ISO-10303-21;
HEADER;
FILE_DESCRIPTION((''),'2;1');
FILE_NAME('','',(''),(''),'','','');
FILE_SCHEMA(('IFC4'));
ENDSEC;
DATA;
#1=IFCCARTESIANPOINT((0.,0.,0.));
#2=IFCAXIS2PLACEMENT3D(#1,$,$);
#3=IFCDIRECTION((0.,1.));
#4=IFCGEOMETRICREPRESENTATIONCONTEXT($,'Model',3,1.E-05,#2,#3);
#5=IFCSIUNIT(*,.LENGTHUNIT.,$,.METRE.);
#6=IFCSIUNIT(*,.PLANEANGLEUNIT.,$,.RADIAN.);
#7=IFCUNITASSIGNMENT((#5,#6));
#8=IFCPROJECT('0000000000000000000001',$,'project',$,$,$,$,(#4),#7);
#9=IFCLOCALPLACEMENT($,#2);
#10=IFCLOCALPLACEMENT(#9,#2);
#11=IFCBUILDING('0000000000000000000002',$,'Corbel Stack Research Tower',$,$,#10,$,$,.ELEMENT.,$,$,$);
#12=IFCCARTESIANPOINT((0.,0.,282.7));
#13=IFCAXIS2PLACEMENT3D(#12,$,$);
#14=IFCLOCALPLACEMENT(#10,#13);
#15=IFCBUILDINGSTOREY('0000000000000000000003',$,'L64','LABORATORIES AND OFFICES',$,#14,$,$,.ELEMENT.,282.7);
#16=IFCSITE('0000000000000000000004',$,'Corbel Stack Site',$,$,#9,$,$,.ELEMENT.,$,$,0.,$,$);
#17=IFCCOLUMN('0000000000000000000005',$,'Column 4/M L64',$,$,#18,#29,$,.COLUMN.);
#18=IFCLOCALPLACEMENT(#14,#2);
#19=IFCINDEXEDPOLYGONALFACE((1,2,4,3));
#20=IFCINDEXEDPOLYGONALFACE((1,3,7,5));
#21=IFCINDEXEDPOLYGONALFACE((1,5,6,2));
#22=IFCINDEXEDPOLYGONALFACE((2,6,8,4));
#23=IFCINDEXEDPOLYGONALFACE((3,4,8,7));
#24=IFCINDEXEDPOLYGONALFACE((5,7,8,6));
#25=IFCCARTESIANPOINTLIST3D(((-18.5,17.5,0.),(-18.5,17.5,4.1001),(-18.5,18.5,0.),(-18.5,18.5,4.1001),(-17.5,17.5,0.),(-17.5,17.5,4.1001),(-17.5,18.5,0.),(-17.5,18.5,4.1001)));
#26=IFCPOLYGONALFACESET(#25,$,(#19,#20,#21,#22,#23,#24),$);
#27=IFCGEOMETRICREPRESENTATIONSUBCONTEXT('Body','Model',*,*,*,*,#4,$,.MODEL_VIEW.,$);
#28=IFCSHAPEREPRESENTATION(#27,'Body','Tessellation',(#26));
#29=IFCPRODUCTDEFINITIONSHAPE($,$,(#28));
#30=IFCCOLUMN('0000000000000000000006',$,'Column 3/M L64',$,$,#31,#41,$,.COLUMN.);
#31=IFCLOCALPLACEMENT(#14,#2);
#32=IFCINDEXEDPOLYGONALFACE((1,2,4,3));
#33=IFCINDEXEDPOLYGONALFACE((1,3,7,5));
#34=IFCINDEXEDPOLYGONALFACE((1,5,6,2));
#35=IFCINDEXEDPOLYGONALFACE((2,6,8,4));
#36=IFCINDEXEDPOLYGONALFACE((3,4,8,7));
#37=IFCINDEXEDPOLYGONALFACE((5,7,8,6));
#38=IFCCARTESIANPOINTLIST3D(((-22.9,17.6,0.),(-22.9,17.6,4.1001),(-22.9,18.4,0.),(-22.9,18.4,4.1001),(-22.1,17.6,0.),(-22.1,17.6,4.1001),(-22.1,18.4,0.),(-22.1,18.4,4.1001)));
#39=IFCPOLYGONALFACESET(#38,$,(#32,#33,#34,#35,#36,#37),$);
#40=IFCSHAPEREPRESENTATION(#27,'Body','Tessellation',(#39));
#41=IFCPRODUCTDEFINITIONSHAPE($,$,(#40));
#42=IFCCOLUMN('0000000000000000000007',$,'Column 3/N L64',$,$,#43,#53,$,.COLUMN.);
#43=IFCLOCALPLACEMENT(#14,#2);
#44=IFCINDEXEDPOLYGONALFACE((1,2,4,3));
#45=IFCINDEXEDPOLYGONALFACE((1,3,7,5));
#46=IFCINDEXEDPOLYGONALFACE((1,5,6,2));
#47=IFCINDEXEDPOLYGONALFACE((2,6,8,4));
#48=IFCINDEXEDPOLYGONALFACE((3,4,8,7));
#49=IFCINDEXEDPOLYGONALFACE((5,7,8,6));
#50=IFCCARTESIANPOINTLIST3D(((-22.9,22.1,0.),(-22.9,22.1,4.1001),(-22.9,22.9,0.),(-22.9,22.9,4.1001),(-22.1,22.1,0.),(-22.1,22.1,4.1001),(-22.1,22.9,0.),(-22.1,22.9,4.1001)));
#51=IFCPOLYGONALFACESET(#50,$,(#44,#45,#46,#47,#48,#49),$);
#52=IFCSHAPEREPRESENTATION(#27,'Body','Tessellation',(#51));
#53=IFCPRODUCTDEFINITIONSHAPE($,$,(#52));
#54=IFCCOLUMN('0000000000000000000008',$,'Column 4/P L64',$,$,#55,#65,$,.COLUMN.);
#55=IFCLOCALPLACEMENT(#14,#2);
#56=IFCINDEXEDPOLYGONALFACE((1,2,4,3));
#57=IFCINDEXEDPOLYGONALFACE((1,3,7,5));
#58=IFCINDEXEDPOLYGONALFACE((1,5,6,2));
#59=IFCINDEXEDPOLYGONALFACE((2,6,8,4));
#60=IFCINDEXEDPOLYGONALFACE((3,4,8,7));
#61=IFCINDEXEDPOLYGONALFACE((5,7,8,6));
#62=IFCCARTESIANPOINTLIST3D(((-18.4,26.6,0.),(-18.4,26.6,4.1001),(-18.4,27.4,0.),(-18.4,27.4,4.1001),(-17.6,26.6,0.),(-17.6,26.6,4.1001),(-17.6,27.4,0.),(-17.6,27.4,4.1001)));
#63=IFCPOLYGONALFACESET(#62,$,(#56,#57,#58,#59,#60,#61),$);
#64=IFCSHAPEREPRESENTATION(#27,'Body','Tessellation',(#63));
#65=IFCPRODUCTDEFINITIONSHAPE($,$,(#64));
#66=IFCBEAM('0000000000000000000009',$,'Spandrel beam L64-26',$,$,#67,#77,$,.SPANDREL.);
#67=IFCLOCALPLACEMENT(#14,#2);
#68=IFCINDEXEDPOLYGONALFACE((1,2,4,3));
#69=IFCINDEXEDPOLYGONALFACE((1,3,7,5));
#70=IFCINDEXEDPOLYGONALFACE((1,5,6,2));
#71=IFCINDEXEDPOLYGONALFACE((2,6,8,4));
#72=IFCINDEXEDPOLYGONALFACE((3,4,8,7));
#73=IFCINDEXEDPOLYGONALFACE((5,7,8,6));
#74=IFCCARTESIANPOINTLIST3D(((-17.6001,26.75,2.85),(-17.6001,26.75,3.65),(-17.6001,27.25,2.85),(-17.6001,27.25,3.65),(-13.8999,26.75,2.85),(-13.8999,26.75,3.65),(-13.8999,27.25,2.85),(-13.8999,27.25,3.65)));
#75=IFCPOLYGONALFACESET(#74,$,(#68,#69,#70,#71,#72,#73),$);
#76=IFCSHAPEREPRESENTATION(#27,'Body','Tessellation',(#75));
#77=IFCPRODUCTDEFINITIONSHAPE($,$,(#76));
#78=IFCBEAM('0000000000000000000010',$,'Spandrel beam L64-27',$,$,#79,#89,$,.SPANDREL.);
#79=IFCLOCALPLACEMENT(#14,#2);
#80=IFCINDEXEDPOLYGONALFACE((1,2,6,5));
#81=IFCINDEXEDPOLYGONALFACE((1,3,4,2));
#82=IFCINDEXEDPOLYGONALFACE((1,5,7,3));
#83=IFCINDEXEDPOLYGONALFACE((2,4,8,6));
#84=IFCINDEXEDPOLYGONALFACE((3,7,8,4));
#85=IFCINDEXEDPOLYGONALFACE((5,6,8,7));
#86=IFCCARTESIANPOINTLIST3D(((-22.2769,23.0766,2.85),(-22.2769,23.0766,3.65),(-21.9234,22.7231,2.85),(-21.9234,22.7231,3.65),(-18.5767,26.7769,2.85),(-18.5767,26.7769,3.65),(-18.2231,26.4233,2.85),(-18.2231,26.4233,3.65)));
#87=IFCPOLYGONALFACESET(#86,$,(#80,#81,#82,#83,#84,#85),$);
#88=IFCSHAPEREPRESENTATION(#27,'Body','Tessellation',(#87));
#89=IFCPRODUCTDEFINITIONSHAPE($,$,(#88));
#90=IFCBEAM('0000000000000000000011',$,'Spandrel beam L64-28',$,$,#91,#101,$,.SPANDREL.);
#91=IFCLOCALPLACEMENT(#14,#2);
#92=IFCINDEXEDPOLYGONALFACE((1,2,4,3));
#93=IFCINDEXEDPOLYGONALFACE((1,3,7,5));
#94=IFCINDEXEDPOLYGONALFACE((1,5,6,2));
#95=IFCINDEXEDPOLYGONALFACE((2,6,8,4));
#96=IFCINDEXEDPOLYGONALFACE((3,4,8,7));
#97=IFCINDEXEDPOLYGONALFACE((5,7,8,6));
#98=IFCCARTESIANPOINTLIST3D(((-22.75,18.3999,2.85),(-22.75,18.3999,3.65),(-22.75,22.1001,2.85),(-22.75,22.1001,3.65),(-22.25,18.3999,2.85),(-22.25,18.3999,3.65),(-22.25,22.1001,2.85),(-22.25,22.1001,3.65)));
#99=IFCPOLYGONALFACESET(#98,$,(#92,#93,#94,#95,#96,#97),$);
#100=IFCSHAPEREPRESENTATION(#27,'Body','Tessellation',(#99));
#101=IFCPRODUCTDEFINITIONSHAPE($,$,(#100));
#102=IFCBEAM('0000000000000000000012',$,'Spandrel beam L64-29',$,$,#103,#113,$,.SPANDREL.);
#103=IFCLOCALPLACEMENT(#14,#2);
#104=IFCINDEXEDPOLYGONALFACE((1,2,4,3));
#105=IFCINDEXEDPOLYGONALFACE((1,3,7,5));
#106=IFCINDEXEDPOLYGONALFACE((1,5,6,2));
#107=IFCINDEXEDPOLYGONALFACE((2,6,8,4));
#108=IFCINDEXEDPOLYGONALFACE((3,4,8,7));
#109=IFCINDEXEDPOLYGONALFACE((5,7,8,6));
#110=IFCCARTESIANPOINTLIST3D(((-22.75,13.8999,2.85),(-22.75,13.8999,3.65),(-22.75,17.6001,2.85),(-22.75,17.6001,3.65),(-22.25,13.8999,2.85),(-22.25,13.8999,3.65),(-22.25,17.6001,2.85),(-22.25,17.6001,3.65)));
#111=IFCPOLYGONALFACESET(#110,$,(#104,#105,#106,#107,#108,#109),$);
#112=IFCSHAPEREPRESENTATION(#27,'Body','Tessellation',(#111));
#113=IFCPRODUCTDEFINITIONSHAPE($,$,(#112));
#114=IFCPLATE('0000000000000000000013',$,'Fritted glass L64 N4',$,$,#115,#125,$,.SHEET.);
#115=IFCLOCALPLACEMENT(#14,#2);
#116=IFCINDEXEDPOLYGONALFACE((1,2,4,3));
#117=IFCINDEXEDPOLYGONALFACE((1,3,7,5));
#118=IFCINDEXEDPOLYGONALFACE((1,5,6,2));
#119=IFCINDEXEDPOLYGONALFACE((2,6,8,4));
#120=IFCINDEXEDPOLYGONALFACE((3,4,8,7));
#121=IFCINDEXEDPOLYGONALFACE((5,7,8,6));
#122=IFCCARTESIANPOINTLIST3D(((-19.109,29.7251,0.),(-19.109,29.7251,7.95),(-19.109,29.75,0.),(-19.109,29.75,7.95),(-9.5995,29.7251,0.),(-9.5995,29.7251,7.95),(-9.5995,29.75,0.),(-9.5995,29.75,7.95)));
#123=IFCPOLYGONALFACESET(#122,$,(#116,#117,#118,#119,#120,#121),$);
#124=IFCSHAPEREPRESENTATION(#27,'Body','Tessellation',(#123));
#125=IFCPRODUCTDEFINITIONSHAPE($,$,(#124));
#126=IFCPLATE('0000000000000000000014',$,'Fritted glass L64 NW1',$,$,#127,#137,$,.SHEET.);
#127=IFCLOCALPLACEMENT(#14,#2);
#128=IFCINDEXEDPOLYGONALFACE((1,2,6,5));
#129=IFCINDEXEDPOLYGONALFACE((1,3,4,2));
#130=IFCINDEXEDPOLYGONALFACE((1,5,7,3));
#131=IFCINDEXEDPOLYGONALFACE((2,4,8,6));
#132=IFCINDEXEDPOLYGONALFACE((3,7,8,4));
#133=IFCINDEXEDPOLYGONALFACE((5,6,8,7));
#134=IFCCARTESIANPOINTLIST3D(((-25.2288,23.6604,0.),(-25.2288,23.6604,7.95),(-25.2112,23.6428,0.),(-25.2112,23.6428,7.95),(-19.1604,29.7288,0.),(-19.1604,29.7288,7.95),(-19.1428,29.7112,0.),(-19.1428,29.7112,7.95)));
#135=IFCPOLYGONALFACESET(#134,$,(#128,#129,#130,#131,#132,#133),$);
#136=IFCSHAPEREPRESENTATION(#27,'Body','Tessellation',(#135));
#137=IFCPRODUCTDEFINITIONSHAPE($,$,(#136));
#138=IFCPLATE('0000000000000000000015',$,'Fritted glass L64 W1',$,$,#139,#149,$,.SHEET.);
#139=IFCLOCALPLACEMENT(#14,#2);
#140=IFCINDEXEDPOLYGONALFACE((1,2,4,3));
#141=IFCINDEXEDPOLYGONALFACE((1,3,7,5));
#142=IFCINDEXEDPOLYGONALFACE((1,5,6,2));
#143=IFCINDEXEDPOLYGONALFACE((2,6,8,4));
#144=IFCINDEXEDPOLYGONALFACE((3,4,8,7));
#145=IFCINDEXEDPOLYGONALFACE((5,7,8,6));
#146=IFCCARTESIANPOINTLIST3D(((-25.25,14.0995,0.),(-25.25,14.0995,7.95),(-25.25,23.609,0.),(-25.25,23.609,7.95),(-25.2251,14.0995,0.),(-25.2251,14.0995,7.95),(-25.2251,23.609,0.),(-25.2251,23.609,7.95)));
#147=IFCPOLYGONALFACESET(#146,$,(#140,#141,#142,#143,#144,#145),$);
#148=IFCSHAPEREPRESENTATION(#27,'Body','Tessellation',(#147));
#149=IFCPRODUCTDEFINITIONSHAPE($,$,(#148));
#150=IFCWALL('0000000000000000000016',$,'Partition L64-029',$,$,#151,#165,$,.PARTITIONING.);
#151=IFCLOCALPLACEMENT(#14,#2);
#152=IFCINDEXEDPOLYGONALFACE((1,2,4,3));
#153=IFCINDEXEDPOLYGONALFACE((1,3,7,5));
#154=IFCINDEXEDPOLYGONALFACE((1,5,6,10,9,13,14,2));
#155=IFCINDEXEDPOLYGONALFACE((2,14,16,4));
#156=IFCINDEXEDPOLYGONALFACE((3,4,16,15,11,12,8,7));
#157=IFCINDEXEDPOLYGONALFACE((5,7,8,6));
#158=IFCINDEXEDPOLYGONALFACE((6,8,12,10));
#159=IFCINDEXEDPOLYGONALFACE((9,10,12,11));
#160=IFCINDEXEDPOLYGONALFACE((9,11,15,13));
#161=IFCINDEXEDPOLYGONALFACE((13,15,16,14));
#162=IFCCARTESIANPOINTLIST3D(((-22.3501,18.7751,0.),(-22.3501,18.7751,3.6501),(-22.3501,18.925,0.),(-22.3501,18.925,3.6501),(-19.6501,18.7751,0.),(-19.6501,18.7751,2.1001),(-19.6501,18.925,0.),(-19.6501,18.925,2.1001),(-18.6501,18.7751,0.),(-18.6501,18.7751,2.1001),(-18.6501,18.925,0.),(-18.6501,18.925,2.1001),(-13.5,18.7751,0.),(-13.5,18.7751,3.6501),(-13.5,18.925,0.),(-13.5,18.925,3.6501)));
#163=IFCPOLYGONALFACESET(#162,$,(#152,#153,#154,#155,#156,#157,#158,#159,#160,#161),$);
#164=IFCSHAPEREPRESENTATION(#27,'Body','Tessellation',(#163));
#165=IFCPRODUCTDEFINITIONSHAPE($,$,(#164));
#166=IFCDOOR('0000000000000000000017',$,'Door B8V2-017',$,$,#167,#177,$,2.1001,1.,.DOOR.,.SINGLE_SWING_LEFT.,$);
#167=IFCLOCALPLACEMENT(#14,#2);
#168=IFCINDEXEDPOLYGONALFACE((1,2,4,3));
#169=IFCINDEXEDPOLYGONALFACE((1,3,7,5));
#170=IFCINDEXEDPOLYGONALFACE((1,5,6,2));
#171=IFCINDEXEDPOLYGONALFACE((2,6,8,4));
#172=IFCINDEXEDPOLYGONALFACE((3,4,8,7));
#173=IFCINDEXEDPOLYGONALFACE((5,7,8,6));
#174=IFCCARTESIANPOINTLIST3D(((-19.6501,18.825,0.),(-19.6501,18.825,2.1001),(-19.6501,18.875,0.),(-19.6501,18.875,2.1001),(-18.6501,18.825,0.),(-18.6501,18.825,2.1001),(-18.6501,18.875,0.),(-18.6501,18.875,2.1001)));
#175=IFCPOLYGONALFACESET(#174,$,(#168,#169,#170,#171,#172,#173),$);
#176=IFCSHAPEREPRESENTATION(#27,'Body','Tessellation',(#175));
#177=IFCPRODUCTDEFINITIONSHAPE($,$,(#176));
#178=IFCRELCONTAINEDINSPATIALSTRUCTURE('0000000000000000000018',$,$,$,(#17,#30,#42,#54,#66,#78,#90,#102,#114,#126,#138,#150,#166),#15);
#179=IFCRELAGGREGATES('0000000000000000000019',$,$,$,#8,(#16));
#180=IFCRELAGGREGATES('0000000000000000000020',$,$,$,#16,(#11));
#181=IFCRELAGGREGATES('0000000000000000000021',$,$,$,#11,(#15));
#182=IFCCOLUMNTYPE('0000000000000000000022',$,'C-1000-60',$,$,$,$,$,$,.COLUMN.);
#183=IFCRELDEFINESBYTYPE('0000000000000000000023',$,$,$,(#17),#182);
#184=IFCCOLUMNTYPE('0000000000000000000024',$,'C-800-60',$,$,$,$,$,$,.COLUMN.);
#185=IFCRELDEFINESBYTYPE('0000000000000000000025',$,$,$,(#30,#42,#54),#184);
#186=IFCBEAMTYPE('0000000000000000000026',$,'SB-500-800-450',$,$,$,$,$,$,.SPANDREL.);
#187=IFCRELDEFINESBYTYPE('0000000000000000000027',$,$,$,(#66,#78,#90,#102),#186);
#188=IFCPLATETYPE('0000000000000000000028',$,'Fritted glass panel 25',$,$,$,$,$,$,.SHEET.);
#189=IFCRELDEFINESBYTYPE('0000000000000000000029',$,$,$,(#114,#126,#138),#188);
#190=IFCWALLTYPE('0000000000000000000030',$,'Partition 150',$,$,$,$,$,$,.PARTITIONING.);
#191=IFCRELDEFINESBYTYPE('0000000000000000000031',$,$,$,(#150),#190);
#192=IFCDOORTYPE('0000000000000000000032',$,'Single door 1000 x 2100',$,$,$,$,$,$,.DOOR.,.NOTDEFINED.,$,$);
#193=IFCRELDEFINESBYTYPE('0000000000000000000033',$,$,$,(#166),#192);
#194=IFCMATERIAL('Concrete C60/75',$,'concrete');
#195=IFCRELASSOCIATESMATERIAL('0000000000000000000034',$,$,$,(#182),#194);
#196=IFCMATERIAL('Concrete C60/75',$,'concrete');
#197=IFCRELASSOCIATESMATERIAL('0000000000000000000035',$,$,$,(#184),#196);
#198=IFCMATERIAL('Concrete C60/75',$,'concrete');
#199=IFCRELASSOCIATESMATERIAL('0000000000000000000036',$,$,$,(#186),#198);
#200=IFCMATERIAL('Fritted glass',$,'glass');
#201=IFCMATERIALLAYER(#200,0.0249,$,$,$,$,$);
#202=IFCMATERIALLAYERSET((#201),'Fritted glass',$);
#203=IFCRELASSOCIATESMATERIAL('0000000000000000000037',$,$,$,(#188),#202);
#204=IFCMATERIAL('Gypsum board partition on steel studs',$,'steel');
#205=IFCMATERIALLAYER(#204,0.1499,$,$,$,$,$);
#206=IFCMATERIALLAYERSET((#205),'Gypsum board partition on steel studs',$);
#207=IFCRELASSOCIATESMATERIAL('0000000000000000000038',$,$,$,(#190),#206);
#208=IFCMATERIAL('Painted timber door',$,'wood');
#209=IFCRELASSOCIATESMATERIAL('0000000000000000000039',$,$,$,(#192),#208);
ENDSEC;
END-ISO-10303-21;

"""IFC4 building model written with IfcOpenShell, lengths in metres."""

from ifc_helpers import new_model, si_unit, direction, frame, frame_2d, origin, origin_2d, place, context, subcontext, project, spatial, rectangle, extrude, material, layer, layer_set, material_profile, profile_set, type_object, element, fill, save


model = new_model("IFC4")

# Units and contexts
model_context = context("Model", 3, precision=1e-05, world=origin(), true_north=direction((0.0, 1.0)))
body_context = subcontext(model_context, "Body", "Model", "MODEL_VIEW")
ifc_project = project(units=[si_unit("LENGTHUNIT", "METRE"), si_unit("PLANEANGLEUNIT", "RADIAN")], contexts=[model_context])

# Site, building, storey
site_placement = place(None, origin())
site = spatial("IfcSite", under=ifc_project, at=site_placement, Name="Corbel Stack Site", CompositionType="ELEMENT", RefElevation=0.0)
building_placement = place(site_placement, origin())
building = spatial("IfcBuilding", under=site, at=building_placement, Name="Corbel Stack Research Tower", CompositionType="ELEMENT")
storey_placement = place(building_placement, frame((0.0, 0.0, 282.7)))
storey = spatial("IfcBuildingStorey", under=building, at=storey_placement, Name="L64", Description="LABORATORIES AND OFFICES", CompositionType="ELEMENT", Elevation=282.7)

# Columns
ifc_material_1 = material(Name="Concrete C60/75", Category="concrete")
ifc_material_profile_1 = material_profile(ifc_material_1, rectangle(XDim=1.0, YDim=1.0, at=origin_2d()), Name="RC 1000 x 1000")
ifc_profile_set_1 = profile_set([ifc_material_profile_1], Name="Concrete C60/75")
column_type_1 = type_object("IfcColumnType", Name="C-1000-60", PredefinedType="COLUMN", material=ifc_profile_set_1)
column_placement = place(storey_placement, frame((-18.0, 18.0, 0.0), z_axis=(0.0, 0.0, 1.0), x_axis=(1.0, 0.0, 0.0)))
element("IfcColumn", 1, at=column_placement, inside=storey, type_object=column_type_1, Name="Column 4/M L64", PredefinedType="COLUMN", context=body_context, shape_type="SweptSolid", body=[
    extrude(rectangle(XDim=1.0, YDim=1.0, at=origin_2d()), origin(), (0.0, 0.0, 1.0), 4.1001),
])
ifc_material_2 = material(Name="Concrete C60/75", Category="concrete")
ifc_material_profile_2 = material_profile(ifc_material_2, rectangle(XDim=0.8, YDim=0.8, at=origin_2d()), Name="RC 800 x 800")
ifc_profile_set_2 = profile_set([ifc_material_profile_2], Name="Concrete C60/75")
column_type_2 = type_object("IfcColumnType", Name="C-800-60", PredefinedType="COLUMN", material=ifc_profile_set_2)
for number, where, z_axis, x_axis, name in (
    (2, (-22.5, 18.0, 0.0), (0.0, 0.0, 1.0), (1.0, 0.0, 0.0), "Column 3/M L64"),
    (3, (-22.5, 22.5, 0.0), (0.0, 0.0, 1.0), (1.0, 0.0, 0.0), "Column 3/N L64"),
    (4, (-18.0, 27.0, 0.0), (0.0, 0.0, 1.0), (1.0, 0.0, 0.0), "Column 4/P L64"),
):
    element("IfcColumn", number, at=place(storey_placement, frame(where, z_axis=z_axis, x_axis=x_axis)), inside=storey, type_object=column_type_2, Name=name, PredefinedType="COLUMN", context=body_context, shape_type="SweptSolid", body=[
        extrude(rectangle(XDim=0.8, YDim=0.8, at=origin_2d()), origin(), (0.0, 0.0, 1.0), 4.1001),
    ])

# Beams
ifc_material_3 = material(Name="Concrete C60/75", Category="concrete")
ifc_material_profile_3 = material_profile(ifc_material_3, rectangle(XDim=0.5, YDim=0.8, at=origin_2d()), Name="RC 500 x 800")
ifc_profile_set_3 = profile_set([ifc_material_profile_3], Name="Concrete C60/75")
beam_type = type_object("IfcBeamType", Name="SB-500-800-450", PredefinedType="SPANDREL", material=ifc_profile_set_3)
beam_1_placement = place(storey_placement, frame((-13.8999, 27.0, 3.25), z_axis=(-1.0, 0.0, 0.0), x_axis=(0.0, -1.0, 0.0)))
element("IfcBeam", 5, at=beam_1_placement, inside=storey, type_object=beam_type, Name="Spandrel beam L64-26", PredefinedType="SPANDREL", context=body_context, shape_type="SweptSolid", body=[
    extrude(rectangle(XDim=0.5, YDim=0.8, at=origin_2d()), origin(), (0.0, 0.0, 1.0), 3.7002),
])
beam_2_placement = place(storey_placement, frame((-18.3999, 26.6001, 3.25), z_axis=(-0.707107, -0.707107, 0.0), x_axis=(0.707107, -0.707107, 0.0)))
element("IfcBeam", 6, at=beam_2_placement, inside=storey, type_object=beam_type, Name="Spandrel beam L64-27", PredefinedType="SPANDREL", context=body_context, shape_type="SweptSolid", body=[
    extrude(rectangle(XDim=0.5, YDim=0.8, at=origin_2d()), origin(), (0.0, 0.0, 1.0), 5.2329),
])
for number, where, z_axis, x_axis, name in (
    (7, (-22.5, 22.1001, 3.25), (0.0, -1.0, 0.0), (1.0, 0.0, 0.0), "Spandrel beam L64-28"),
    (8, (-22.5, 17.6001, 3.25), (0.0, -1.0, 0.0), (1.0, 0.0, 0.0), "Spandrel beam L64-29"),
):
    element("IfcBeam", number, at=place(storey_placement, frame(where, z_axis=z_axis, x_axis=x_axis)), inside=storey, type_object=beam_type, Name=name, PredefinedType="SPANDREL", context=body_context, shape_type="SweptSolid", body=[
        extrude(rectangle(XDim=0.5, YDim=0.8, at=origin_2d()), origin(), (0.0, 0.0, 1.0), 3.7002),
    ])

# Plates
ifc_material_4 = material(Name="Fritted glass", Category="glass")
ifc_layer_1 = layer(ifc_material_4, 0.0249)
ifc_layer_set_1 = layer_set([ifc_layer_1], Name="Fritted glass")
plate_type = type_object("IfcPlateType", Name="Fritted glass panel 25", PredefinedType="SHEET", material=ifc_layer_set_1)
plate_1_placement = place(storey_placement, frame((-14.3542, 29.7375, 0.0), z_axis=(0.0, 0.0, 1.0), x_axis=(-1.0, 0.0, 0.0)))
element("IfcPlate", 9, at=plate_1_placement, inside=storey, type_object=plate_type, Name="Fritted glass L64 N4", PredefinedType="SHEET", context=body_context, shape_type="SweptSolid", body=[
    extrude(rectangle(XDim=9.5095, YDim=0.0249, at=origin_2d()), origin(), (0.0, 0.0, 1.0), 7.95),
])
plate_2_placement = place(storey_placement, frame((-22.1858, 26.6858, 0.0), z_axis=(0.0, 0.0, 1.0), x_axis=(-0.707107, -0.707107, 0.0)))
element("IfcPlate", 10, at=plate_2_placement, inside=storey, type_object=plate_type, Name="Fritted glass L64 NW1", PredefinedType="SHEET", context=body_context, shape_type="SweptSolid", body=[
    extrude(rectangle(XDim=8.582, YDim=0.0249, at=origin_2d()), origin(), (0.0, 0.0, 1.0), 7.95),
])
plate_3_placement = place(storey_placement, frame((-25.2375, 18.8542, 0.0), z_axis=(0.0, 0.0, 1.0), x_axis=(0.0, -1.0, 0.0)))
element("IfcPlate", 11, at=plate_3_placement, inside=storey, type_object=plate_type, Name="Fritted glass L64 W1", PredefinedType="SHEET", context=body_context, shape_type="SweptSolid", body=[
    extrude(rectangle(XDim=9.5095, YDim=0.0249, at=origin_2d()), origin(), (0.0, 0.0, 1.0), 7.95),
])

# Wall, opening, door
ifc_material_5 = material(Name="Gypsum board partition on steel studs", Category="steel")
ifc_layer_2 = layer(ifc_material_5, 0.1499)
ifc_layer_set_2 = layer_set([ifc_layer_2], Name="Gypsum board partition on steel studs")
wall_type_1 = type_object("IfcWallType", Name="Partition 150", PredefinedType="PARTITIONING", material=ifc_layer_set_2)
wall_1_placement = place(storey_placement, frame((-22.3501, 18.8501, 0.0), z_axis=(0.0, 0.0, 1.0), x_axis=(1.0, 0.0, 0.0)))
wall_1 = element("IfcWall", 12, at=wall_1_placement, inside=storey, type_object=wall_type_1, Name="Partition L64-029", PredefinedType="PARTITIONING", context=body_context, shape_type="SweptSolid", body=[
    extrude(rectangle(XDim=8.8501, YDim=0.1499, at=frame_2d((4.425, 0.0))), origin(), (0.0, 0.0, 1.0), 3.6501),
])
opening_1_placement = place(wall_1_placement, frame((2.7, 0.0, 0.0)))
opening_1 = element("IfcOpeningElement", 13, at=opening_1_placement, cuts=wall_1, PredefinedType="OPENING", context=body_context, shape_type="SweptSolid", body=[
    extrude(rectangle(XDim=1.0, YDim=2.1001, at=frame_2d((0.5, 1.05))), frame((0.0, 0.085, 0.0), z_axis=(0.0, -1.0, 0.0), x_axis=(1.0, 0.0, 0.0)), (0.0, 0.0, 1.0), 0.1699),
])
ifc_material_6 = material(Name="Painted timber door", Category="wood")
door_type_1 = type_object("IfcDoorType", Name="Single door 1000 x 2100", OperationType="NOTDEFINED", PredefinedType="DOOR", material=ifc_material_6)
door_1_placement = place(opening_1_placement, origin())
door_1 = element("IfcDoor", 14, at=door_1_placement, inside=storey, type_object=door_type_1, Name="Door B8V2-017", OperationType="SINGLE_SWING_LEFT", OverallHeight=2.1001, OverallWidth=1.0, PredefinedType="DOOR", context=body_context, shape_type="SweptSolid", body=[
    extrude(rectangle(XDim=1.0, YDim=2.1001, at=frame_2d((0.5, 1.05))), frame((0.0, 0.0249, 0.0), z_axis=(0.0, -1.0, 0.0), x_axis=(1.0, 0.0, 0.0)), (0.0, 0.0, 1.0), 0.05),
])
fill(opening_1, door_1)

save(model, "model.ifc")
